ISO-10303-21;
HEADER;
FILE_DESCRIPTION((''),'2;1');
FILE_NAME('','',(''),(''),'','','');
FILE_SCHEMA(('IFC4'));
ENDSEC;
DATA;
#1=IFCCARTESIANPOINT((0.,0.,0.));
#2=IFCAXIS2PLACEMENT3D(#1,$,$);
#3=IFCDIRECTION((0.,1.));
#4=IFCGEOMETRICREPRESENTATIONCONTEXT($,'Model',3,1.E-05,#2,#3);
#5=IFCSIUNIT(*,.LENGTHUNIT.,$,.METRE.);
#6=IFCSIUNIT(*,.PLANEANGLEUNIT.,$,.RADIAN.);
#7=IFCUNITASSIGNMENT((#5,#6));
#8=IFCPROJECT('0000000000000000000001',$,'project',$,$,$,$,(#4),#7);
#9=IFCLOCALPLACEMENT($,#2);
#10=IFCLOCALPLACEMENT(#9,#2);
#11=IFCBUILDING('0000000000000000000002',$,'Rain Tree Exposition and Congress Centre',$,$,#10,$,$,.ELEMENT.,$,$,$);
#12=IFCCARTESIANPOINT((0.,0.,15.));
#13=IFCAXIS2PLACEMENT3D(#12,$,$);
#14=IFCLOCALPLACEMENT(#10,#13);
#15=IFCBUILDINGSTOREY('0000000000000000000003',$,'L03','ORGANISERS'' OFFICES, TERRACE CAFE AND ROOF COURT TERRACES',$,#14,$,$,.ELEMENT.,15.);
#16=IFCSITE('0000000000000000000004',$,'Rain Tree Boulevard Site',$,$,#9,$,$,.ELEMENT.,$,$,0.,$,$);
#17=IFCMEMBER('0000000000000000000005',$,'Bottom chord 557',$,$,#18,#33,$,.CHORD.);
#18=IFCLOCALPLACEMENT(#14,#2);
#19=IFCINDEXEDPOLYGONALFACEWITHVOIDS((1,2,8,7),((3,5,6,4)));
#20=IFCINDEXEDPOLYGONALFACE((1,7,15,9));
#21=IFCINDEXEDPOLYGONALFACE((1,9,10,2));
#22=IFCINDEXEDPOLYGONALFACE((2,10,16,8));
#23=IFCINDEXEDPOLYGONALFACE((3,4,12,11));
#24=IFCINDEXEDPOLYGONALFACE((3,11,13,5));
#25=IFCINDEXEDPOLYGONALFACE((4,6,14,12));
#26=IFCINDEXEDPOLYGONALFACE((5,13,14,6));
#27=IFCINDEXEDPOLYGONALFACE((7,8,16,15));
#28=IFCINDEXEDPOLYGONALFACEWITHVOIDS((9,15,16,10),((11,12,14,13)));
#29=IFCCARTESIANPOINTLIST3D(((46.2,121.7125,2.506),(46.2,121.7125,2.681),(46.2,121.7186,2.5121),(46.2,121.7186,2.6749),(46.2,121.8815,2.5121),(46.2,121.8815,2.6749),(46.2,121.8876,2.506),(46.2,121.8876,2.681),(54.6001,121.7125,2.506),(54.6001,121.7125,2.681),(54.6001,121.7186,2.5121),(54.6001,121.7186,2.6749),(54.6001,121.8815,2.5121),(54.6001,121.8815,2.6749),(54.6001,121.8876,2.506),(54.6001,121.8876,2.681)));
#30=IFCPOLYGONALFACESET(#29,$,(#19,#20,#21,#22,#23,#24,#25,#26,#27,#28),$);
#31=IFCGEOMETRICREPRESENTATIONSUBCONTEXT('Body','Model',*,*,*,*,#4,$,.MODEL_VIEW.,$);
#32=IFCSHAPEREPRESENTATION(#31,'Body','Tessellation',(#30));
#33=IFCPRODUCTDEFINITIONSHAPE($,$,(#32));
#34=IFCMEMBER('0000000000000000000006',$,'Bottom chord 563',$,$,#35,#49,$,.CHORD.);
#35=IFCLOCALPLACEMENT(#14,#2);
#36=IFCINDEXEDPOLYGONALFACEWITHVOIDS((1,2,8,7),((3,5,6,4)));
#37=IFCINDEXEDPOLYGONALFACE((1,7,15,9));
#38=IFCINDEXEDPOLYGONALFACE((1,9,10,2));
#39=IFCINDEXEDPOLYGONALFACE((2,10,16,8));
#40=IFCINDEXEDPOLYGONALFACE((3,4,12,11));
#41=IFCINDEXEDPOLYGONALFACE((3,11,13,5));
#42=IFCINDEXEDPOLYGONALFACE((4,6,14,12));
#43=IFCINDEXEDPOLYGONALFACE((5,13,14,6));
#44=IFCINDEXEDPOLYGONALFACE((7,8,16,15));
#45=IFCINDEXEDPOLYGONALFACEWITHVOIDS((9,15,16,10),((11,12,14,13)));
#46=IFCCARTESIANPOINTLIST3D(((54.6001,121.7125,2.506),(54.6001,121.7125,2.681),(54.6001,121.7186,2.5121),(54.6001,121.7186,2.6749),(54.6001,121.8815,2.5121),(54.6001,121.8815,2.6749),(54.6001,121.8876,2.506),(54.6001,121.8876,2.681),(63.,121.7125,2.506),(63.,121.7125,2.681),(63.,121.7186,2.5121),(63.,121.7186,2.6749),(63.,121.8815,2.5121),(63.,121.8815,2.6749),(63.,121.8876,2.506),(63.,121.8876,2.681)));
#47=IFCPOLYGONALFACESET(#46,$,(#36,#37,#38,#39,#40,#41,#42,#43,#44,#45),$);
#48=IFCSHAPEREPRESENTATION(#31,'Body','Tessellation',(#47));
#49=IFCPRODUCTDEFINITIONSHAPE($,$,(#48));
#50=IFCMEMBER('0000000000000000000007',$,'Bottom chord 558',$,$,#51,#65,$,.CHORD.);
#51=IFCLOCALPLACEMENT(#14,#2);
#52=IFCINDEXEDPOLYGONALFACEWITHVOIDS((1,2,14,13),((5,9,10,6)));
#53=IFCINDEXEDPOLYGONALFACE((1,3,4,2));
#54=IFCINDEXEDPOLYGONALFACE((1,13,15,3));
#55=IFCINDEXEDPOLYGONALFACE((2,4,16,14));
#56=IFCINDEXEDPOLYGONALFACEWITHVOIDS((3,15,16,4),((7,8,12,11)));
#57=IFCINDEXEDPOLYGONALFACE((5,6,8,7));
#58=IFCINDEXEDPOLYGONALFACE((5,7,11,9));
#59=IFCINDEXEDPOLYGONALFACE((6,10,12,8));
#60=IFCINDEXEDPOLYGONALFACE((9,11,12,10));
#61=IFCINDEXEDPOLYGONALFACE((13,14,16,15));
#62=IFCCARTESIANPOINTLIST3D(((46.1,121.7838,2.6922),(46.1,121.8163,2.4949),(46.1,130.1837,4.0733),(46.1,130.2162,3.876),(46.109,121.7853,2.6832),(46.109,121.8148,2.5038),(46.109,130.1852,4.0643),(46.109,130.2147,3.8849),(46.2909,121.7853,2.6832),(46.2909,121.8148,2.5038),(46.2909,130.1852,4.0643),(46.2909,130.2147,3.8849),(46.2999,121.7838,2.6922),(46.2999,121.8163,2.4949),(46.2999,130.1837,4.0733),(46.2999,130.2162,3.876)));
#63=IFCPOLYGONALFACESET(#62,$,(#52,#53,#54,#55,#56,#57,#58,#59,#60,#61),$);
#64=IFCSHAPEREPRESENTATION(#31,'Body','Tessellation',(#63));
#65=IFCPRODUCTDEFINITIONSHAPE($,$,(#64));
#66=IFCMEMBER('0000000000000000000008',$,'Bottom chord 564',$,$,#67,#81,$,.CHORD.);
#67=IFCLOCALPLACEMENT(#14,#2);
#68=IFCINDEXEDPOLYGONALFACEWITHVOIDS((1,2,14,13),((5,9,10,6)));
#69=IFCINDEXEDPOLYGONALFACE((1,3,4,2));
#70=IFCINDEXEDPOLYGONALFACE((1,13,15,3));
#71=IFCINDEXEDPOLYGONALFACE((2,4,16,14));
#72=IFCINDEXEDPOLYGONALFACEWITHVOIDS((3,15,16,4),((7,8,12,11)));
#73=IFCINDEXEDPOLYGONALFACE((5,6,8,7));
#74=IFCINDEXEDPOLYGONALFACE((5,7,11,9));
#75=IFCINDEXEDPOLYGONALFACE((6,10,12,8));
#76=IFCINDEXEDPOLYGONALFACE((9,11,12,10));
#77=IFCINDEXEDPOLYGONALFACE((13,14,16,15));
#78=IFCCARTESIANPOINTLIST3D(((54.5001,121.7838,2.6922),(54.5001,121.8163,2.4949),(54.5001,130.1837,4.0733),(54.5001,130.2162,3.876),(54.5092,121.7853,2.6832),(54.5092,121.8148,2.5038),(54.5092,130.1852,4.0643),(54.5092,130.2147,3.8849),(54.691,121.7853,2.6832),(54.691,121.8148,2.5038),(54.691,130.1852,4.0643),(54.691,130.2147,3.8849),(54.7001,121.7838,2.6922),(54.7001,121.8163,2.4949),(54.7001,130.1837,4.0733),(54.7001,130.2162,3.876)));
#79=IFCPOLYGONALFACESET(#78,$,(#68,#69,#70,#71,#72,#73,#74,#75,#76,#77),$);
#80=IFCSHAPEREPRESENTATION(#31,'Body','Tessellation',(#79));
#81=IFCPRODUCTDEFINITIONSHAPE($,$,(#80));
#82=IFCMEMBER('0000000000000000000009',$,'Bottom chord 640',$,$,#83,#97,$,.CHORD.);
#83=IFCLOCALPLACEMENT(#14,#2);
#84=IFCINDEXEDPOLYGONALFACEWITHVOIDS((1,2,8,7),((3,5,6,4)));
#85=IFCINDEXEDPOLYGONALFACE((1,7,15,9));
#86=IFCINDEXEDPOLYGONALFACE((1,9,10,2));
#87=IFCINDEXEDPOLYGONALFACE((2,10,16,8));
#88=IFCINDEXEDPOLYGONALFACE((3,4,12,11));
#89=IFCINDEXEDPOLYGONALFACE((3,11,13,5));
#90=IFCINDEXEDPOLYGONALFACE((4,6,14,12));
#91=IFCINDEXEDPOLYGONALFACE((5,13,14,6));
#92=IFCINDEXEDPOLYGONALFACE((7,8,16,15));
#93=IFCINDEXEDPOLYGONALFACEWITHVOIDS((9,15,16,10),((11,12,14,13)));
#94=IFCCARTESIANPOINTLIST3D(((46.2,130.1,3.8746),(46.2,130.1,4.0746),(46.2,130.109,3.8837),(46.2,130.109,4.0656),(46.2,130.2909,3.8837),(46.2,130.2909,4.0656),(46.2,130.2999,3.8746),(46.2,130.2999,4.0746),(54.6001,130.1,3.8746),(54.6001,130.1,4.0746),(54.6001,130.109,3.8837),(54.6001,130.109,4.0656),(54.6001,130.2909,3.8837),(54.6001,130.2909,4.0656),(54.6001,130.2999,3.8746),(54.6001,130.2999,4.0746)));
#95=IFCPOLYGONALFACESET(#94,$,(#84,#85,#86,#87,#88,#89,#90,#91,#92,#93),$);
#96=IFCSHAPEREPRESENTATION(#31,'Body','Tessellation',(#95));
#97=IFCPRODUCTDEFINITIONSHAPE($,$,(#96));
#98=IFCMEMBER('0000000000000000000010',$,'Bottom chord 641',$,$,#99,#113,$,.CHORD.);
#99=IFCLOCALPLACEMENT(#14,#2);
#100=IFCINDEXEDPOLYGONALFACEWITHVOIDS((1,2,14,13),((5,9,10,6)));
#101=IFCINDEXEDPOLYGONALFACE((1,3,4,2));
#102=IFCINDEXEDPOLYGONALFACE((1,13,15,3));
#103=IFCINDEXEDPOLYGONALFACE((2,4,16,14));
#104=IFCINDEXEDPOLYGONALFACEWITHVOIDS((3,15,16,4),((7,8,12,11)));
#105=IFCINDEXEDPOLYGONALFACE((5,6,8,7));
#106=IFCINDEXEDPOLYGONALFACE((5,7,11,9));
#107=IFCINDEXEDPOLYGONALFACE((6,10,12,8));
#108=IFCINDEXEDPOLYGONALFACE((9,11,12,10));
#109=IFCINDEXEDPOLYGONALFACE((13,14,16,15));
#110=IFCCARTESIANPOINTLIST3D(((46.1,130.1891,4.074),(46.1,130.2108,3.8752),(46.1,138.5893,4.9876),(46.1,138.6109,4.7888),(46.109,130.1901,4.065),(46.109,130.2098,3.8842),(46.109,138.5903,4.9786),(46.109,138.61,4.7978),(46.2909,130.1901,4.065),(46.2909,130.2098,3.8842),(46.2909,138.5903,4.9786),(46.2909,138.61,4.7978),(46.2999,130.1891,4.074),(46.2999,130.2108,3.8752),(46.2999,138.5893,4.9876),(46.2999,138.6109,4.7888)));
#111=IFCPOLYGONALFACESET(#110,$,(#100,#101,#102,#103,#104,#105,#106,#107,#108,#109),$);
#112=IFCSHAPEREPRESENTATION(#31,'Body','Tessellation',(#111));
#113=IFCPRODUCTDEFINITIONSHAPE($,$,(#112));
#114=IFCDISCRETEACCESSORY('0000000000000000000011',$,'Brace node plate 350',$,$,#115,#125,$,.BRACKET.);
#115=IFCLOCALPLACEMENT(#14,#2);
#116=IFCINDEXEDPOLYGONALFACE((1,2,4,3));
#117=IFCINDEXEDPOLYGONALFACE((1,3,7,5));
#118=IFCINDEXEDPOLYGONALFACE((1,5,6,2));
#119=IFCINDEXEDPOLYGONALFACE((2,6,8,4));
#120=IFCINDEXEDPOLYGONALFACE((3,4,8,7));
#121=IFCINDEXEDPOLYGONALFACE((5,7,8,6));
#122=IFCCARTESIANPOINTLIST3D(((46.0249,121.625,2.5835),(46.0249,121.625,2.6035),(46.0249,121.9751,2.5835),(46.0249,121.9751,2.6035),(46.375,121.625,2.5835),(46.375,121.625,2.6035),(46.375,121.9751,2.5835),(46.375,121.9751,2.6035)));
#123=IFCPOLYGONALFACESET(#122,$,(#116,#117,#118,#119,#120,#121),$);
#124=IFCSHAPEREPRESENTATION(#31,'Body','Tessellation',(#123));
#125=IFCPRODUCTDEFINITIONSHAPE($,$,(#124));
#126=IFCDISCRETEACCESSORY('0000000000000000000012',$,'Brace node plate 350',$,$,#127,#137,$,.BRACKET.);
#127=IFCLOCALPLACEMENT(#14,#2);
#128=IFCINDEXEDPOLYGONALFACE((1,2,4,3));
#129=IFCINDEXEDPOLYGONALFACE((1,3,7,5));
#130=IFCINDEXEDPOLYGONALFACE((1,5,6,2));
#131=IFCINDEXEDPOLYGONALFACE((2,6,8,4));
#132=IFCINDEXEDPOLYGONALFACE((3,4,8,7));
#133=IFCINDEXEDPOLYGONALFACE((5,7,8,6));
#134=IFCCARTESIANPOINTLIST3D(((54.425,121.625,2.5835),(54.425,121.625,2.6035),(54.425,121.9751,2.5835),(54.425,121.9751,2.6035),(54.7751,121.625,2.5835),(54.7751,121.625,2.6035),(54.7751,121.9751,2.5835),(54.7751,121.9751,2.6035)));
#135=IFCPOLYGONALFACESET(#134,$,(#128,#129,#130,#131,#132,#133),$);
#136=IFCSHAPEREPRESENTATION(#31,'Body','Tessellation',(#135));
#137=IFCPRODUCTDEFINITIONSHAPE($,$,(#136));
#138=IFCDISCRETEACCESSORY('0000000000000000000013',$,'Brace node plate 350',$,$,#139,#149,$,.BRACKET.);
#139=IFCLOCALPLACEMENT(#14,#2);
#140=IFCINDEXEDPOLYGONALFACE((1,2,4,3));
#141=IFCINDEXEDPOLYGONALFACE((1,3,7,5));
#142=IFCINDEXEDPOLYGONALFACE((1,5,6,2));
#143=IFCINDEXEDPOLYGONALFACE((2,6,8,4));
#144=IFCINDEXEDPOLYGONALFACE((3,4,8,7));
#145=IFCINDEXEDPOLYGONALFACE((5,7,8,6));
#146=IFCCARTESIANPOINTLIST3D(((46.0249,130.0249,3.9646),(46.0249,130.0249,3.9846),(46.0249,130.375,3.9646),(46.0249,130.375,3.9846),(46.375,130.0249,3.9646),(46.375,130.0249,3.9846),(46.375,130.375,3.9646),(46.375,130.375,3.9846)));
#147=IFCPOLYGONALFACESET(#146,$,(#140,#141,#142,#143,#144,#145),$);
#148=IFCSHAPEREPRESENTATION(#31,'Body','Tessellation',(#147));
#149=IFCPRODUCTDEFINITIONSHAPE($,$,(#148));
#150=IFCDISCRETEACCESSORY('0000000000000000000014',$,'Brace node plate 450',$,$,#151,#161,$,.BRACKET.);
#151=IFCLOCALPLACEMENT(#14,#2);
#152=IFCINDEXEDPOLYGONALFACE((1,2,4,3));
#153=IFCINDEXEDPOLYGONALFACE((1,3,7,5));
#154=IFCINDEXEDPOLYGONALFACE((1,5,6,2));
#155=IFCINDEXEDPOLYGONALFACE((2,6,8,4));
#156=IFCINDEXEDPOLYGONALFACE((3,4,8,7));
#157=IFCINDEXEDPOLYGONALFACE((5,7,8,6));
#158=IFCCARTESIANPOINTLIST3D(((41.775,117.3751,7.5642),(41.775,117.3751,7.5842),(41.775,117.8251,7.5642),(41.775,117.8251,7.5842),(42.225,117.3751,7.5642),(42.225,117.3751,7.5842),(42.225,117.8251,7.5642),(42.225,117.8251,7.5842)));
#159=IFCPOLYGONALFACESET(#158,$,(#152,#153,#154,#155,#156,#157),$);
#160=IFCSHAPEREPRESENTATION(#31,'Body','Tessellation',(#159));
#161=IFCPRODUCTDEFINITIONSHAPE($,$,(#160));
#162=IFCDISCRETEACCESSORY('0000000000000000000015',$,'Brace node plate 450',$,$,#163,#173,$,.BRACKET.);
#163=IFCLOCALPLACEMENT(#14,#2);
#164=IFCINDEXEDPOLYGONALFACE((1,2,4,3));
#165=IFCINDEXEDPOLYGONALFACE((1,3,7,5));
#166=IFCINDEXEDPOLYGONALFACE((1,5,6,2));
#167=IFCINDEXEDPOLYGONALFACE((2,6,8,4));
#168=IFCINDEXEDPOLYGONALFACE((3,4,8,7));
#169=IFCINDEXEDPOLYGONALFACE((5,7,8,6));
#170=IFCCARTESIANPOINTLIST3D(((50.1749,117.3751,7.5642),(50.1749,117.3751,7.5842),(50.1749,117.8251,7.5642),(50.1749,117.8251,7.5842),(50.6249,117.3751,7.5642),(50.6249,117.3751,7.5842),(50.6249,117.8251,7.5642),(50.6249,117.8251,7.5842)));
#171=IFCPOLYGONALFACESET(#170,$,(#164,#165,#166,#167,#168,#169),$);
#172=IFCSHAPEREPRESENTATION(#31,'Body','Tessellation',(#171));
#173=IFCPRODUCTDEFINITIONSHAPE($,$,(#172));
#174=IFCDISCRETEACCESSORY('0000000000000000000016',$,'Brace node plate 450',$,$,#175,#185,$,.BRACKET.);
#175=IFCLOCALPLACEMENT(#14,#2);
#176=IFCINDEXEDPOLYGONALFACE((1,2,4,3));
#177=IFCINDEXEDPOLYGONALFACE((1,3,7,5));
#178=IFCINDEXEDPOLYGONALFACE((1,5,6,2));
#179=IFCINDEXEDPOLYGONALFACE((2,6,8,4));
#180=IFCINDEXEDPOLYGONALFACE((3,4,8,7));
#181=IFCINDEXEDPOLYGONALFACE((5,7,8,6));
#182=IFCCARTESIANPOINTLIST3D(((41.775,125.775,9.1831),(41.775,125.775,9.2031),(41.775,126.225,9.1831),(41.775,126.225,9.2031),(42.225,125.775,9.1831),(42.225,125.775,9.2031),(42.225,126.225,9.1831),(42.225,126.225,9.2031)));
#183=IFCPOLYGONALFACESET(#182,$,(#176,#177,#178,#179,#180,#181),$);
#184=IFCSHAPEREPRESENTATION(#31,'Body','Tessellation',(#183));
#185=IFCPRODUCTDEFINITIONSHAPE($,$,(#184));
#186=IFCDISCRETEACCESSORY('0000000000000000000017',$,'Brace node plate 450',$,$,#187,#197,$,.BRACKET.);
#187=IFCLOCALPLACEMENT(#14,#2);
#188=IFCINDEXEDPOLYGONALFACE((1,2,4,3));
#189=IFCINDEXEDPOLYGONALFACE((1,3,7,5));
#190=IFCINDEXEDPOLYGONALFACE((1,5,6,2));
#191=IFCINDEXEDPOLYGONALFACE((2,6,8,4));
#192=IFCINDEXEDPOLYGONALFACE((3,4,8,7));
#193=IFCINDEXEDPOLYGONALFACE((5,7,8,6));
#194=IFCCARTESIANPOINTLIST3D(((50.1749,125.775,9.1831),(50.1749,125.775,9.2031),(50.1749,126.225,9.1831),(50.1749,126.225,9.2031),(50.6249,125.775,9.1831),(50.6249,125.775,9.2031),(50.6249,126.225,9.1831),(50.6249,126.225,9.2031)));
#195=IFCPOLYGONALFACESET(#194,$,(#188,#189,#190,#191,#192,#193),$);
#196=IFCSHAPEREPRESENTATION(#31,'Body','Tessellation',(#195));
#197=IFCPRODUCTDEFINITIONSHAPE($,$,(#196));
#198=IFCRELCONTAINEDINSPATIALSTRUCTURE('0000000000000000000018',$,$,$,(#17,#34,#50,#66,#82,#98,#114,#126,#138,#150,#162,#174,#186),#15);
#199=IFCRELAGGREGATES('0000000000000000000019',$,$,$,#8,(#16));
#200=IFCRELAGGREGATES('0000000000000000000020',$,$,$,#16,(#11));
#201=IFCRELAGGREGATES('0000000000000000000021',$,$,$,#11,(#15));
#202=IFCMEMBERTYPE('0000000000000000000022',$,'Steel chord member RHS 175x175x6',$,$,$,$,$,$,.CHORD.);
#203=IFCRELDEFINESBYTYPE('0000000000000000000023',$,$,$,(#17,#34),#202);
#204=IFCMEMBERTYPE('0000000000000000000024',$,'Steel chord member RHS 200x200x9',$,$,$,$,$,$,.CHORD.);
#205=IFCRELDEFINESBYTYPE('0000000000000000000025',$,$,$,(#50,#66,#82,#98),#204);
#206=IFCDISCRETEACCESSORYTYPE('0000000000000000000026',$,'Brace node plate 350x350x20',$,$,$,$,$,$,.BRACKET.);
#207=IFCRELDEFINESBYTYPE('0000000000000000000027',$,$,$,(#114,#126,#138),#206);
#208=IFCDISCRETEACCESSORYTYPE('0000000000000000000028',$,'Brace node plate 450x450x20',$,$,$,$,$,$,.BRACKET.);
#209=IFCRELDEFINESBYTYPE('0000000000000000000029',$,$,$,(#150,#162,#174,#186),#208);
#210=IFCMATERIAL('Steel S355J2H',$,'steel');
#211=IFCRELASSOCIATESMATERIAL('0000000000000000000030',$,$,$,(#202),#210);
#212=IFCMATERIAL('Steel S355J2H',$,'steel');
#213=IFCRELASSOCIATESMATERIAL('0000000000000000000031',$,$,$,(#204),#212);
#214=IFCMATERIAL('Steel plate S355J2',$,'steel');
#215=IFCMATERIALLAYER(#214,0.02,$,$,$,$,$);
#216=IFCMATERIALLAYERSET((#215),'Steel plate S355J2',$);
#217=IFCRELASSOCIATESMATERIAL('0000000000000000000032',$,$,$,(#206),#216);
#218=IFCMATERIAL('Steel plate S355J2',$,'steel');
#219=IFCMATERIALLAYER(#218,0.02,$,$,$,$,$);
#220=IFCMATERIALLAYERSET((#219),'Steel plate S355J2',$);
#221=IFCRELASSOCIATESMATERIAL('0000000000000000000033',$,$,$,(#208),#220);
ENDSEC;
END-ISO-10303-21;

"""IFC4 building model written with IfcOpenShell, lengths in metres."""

from ifc_helpers import new_model, si_unit, direction, frame, origin, origin_2d, place, context, subcontext, project, spatial, rectangle, hollow_rectangle, extrude, material, layer, layer_set, material_profile, profile_set, type_object, element, save


model = new_model("IFC4")

# Units and contexts
model_context = context("Model", 3, precision=1e-05, world=origin(), true_north=direction((0.0, 1.0)))
body_context = subcontext(model_context, "Body", "Model", "MODEL_VIEW")
ifc_project = project(units=[si_unit("LENGTHUNIT", "METRE"), si_unit("PLANEANGLEUNIT", "RADIAN")], contexts=[model_context])

# Site, building, storey
site_placement = place(None, origin())
site = spatial("IfcSite", under=ifc_project, at=site_placement, Name="Rain Tree Boulevard Site", CompositionType="ELEMENT", RefElevation=0.0)
building_placement = place(site_placement, origin())
building = spatial("IfcBuilding", under=site, at=building_placement, Name="Rain Tree Exposition and Congress Centre", CompositionType="ELEMENT")
storey_placement = place(building_placement, frame((0.0, 0.0, 15.0)))
storey = spatial("IfcBuildingStorey", under=building, at=storey_placement, Name="L03", Description="ORGANISERS' OFFICES, TERRACE CAFE AND ROOF COURT TERRACES", CompositionType="ELEMENT", Elevation=15.0)

# Members
ifc_material_1 = material(Name="Steel S355J2H", Category="steel")
ifc_material_profile_1 = material_profile(ifc_material_1, hollow_rectangle(XDim=0.175, YDim=0.175, WallThickness=0.0061, at=origin_2d()), Name="RHS 175x175x6")
ifc_profile_set_1 = profile_set([ifc_material_profile_1], Name="Steel S355J2H")
member_type_1 = type_object("IfcMemberType", Name="Steel chord member RHS 175x175x6", PredefinedType="CHORD", material=ifc_profile_set_1)
member_1_placement = place(storey_placement, frame((46.2, 121.8, 2.5935), z_axis=(1.0, 0.0, 0.0), x_axis=(0.0, 1.0, 0.0)))
element("IfcMember", 1, at=member_1_placement, inside=storey, type_object=member_type_1, Name="Bottom chord 557", PredefinedType="CHORD", context=body_context, shape_type="SweptSolid", body=[
    extrude(hollow_rectangle(XDim=0.175, YDim=0.175, WallThickness=0.0061, at=origin_2d()), origin(), (0.0, 0.0, 1.0), 8.4001),
])
member_2_placement = place(storey_placement, frame((54.6001, 121.8, 2.5935), z_axis=(1.0, 0.0, 0.0), x_axis=(0.0, 1.0, 0.0)))
element("IfcMember", 2, at=member_2_placement, inside=storey, type_object=member_type_1, Name="Bottom chord 563", PredefinedType="CHORD", context=body_context, shape_type="SweptSolid", body=[
    extrude(hollow_rectangle(XDim=0.175, YDim=0.175, WallThickness=0.0061, at=origin_2d()), origin(), (0.0, 0.0, 1.0), 8.3999),
])
ifc_material_2 = material(Name="Steel S355J2H", Category="steel")
ifc_material_profile_2 = material_profile(ifc_material_2, hollow_rectangle(XDim=0.2, YDim=0.2, WallThickness=0.009, at=origin_2d()), Name="RHS 200x200x9")
ifc_profile_set_2 = profile_set([ifc_material_profile_2], Name="Steel S355J2H")
member_type_2 = type_object("IfcMemberType", Name="Steel chord member RHS 200x200x9", PredefinedType="CHORD", material=ifc_profile_set_2)
for number, where, z_axis, x_axis, name in (
    (3, (46.2, 121.8, 2.5935), (0.0, 0.986751, 0.162241), (-1.0, 0.0, 0.0), "Bottom chord 558"),
    (4, (54.6001, 121.8, 2.5935), (0.0, 0.986751, 0.162241), (-1.0, 0.0, 0.0), "Bottom chord 564"),
):
    element("IfcMember", number, at=place(storey_placement, frame(where, z_axis=z_axis, x_axis=x_axis)), inside=storey, type_object=member_type_2, Name=name, PredefinedType="CHORD", context=body_context, shape_type="SweptSolid", body=[
        extrude(hollow_rectangle(XDim=0.2, YDim=0.2, WallThickness=0.009, at=origin_2d()), origin(), (0.0, 0.0, 1.0), 8.5127),
    ])
member_3_placement = place(storey_placement, frame((46.2, 130.2, 3.9746), z_axis=(1.0, 0.0, 0.0), x_axis=(0.0, 1.0, 0.0)))
element("IfcMember", 5, at=member_3_placement, inside=storey, type_object=member_type_2, Name="Bottom chord 640", PredefinedType="CHORD", context=body_context, shape_type="SweptSolid", body=[
    extrude(hollow_rectangle(XDim=0.2, YDim=0.2, WallThickness=0.009, at=origin_2d()), origin(), (0.0, 0.0, 1.0), 8.4001),
])
member_4_placement = place(storey_placement, frame((46.2, 130.2, 3.9746), z_axis=(0.0, 0.994138, 0.108119), x_axis=(-1.0, 0.0, 0.0)))
element("IfcMember", 6, at=member_4_placement, inside=storey, type_object=member_type_2, Name="Bottom chord 641", PredefinedType="CHORD", context=body_context, shape_type="SweptSolid", body=[
    extrude(hollow_rectangle(XDim=0.2, YDim=0.2, WallThickness=0.009, at=origin_2d()), origin(), (0.0, 0.0, 1.0), 8.4497),
])

# Discrete accessories
ifc_material_3 = material(Name="Steel plate S355J2", Category="steel")
ifc_layer_1 = layer(ifc_material_3, 0.02)
ifc_layer_set_1 = layer_set([ifc_layer_1], Name="Steel plate S355J2")
discrete_accessory_type_1 = type_object("IfcDiscreteAccessoryType", Name="Brace node plate 350x350x20", PredefinedType="BRACKET", material=ifc_layer_set_1)
for number, where, z_axis, x_axis, name in (
    (7, (46.2, 121.8, 2.5835), (0.0, 0.0, 1.0), (1.0, 0.0, 0.0), "Brace node plate 350"),
    (8, (54.6001, 121.8, 2.5835), (0.0, 0.0, 1.0), (1.0, 0.0, 0.0), "Brace node plate 350"),
    (9, (46.2, 130.2, 3.9646), (0.0, 0.0, 1.0), (1.0, 0.0, 0.0), "Brace node plate 350"),
):
    element("IfcDiscreteAccessory", number, at=place(storey_placement, frame(where, z_axis=z_axis, x_axis=x_axis)), inside=storey, type_object=discrete_accessory_type_1, Name=name, PredefinedType="BRACKET", context=body_context, shape_type="SweptSolid", body=[
        extrude(rectangle(XDim=0.3501, YDim=0.3501, at=origin_2d()), origin(), (0.0, 0.0, 1.0), 0.02),
    ])
ifc_material_4 = material(Name="Steel plate S355J2", Category="steel")
ifc_layer_2 = layer(ifc_material_4, 0.02)
ifc_layer_set_2 = layer_set([ifc_layer_2], Name="Steel plate S355J2")
discrete_accessory_type_2 = type_object("IfcDiscreteAccessoryType", Name="Brace node plate 450x450x20", PredefinedType="BRACKET", material=ifc_layer_set_2)
for number, where, z_axis, x_axis, name in (
    (10, (42.0, 117.6001, 7.5642), (0.0, 0.0, 1.0), (1.0, 0.0, 0.0), "Brace node plate 450"),
    (11, (50.3999, 117.6001, 7.5642), (0.0, 0.0, 1.0), (1.0, 0.0, 0.0), "Brace node plate 450"),
    (12, (42.0, 126.0, 9.1831), (0.0, 0.0, 1.0), (1.0, 0.0, 0.0), "Brace node plate 450"),
    (13, (50.3999, 126.0, 9.1831), (0.0, 0.0, 1.0), (1.0, 0.0, 0.0), "Brace node plate 450"),
):
    element("IfcDiscreteAccessory", number, at=place(storey_placement, frame(where, z_axis=z_axis, x_axis=x_axis)), inside=storey, type_object=discrete_accessory_type_2, Name=name, PredefinedType="BRACKET", context=body_context, shape_type="SweptSolid", body=[
        extrude(rectangle(XDim=0.45, YDim=0.45, at=origin_2d()), origin(), (0.0, 0.0, 1.0), 0.02),
    ])

save(model, "model.ifc")
